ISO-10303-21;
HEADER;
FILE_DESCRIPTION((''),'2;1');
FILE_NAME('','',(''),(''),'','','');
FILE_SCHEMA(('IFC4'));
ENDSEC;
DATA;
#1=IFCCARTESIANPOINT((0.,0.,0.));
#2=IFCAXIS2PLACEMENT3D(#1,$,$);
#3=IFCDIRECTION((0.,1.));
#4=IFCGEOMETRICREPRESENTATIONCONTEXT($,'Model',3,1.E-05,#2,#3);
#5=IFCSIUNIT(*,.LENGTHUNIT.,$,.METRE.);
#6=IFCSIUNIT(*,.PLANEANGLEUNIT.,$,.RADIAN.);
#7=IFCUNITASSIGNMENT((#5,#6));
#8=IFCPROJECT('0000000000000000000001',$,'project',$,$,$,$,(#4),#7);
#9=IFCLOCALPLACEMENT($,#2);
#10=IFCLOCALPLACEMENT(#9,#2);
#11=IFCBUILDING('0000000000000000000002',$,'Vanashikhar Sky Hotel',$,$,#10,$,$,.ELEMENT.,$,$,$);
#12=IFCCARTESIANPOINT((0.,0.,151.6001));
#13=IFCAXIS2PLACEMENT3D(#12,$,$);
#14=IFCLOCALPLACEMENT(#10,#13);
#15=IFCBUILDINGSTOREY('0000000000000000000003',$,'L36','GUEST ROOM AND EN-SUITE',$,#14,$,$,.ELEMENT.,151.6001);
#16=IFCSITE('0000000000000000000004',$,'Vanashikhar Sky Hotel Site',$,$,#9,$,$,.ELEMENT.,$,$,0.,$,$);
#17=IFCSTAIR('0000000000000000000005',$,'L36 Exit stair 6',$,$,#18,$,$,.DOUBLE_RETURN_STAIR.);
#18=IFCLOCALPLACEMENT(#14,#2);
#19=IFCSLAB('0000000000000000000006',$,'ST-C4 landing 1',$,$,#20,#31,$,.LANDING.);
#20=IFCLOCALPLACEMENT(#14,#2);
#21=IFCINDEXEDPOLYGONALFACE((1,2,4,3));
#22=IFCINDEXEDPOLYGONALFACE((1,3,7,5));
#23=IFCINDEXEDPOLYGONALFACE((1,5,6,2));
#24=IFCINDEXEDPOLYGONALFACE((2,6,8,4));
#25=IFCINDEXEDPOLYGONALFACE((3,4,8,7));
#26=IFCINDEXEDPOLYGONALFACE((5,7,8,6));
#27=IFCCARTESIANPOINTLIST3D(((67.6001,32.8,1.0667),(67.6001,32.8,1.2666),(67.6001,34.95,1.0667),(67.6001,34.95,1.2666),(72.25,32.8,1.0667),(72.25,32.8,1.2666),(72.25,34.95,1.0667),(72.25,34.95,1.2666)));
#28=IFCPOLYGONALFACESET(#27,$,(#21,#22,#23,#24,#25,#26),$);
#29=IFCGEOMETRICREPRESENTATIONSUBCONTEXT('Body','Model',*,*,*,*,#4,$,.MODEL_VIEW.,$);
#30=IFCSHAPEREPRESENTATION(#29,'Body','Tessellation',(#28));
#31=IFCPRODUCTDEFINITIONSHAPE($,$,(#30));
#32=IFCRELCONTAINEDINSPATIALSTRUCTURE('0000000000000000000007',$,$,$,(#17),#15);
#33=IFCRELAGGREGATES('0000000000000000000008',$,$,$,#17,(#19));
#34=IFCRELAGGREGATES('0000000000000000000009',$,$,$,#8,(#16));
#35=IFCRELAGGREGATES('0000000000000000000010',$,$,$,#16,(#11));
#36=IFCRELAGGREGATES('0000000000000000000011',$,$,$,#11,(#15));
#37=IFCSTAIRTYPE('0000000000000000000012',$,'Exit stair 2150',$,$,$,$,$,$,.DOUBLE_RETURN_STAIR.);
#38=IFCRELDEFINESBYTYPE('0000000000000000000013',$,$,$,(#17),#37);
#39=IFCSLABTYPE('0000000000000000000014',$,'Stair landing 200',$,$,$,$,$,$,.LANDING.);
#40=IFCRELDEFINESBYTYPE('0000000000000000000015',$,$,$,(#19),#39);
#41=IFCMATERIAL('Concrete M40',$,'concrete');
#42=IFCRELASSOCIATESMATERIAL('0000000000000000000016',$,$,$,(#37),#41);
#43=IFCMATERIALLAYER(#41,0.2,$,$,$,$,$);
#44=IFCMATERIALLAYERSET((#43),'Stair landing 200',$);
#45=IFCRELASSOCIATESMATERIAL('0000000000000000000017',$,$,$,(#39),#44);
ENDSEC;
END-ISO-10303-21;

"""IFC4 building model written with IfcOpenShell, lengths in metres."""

from ifc_helpers import new_model, si_unit, direction, frame, origin, place, context, subcontext, project, spatial, polyline, outline, extrude, source, transform, mapped, material, layer, layer_set, type_object, element, aggregate, save


model = new_model("IFC4")

# Units and contexts
model_context = context("Model", 3, precision=1e-05, world=origin(), true_north=direction((0.0, 1.0)))
body_context = subcontext(model_context, "Body", "Model", "MODEL_VIEW")
ifc_project = project(units=[si_unit("LENGTHUNIT", "METRE"), si_unit("PLANEANGLEUNIT", "RADIAN")], contexts=[model_context])

# Site, building, storey
site_placement = place(None, origin())
site = spatial("IfcSite", under=ifc_project, at=site_placement, Name="Vanashikhar Sky Hotel Site", CompositionType="ELEMENT", RefElevation=0.0)
building_placement = place(site_placement, origin())
building = spatial("IfcBuilding", under=site, at=building_placement, Name="Vanashikhar Sky Hotel", CompositionType="ELEMENT")
storey_placement = place(building_placement, frame((0.0, 0.0, 151.6001)))
storey = spatial("IfcBuildingStorey", under=building, at=storey_placement, Name="L36", Description="GUEST ROOM AND EN-SUITE", CompositionType="ELEMENT", Elevation=151.6001)

# Shared definitions
ifc_material = material(Name="Concrete M40", Category="concrete")

# Shared definitions
stair_type = type_object("IfcStairType", Name="Exit stair 2150", PredefinedType="DOUBLE_RETURN_STAIR", material=ifc_material)
ifc_layer_1 = layer(ifc_material, 0.2)
ifc_layer_set_1 = layer_set([ifc_layer_1], Name="Stair landing 200")
slab_type_1 = type_object("IfcSlabType", Name="Stair landing 200", PredefinedType="LANDING", material=ifc_layer_set_1)

# Stair, slab
stair_1_placement = place(storey_placement, origin())
stair_1 = element("IfcStair", 1, at=stair_1_placement, inside=storey, type_object=stair_type, Name="L36 Exit stair 6", PredefinedType="DOUBLE_RETURN_STAIR")
shared_shape_1 = source(origin(), body_context, "Body", "SweptSolid", [
    extrude(outline(polyline([(72.25, 32.8), (72.25, 34.95), (67.6001, 34.95), (67.6001, 32.8), (72.25, 32.8)])), origin(), (0.0, 0.0, 1.0), 0.2),
])
slab_1_placement = place(storey_placement, frame((0.0, 0.0, 1.0667)))
slab_1 = element("IfcSlab", 2, at=slab_1_placement, type_object=slab_type_1, Name="ST-C4 landing 1", PredefinedType="LANDING", context=body_context, shape_type="MappedRepresentation", body=[
    mapped(shared_shape_1, transform((0.0, 0.0, 0.0), scale=1.0)),
])
aggregate(stair_1, [slab_1])

save(model, "model.ifc")
